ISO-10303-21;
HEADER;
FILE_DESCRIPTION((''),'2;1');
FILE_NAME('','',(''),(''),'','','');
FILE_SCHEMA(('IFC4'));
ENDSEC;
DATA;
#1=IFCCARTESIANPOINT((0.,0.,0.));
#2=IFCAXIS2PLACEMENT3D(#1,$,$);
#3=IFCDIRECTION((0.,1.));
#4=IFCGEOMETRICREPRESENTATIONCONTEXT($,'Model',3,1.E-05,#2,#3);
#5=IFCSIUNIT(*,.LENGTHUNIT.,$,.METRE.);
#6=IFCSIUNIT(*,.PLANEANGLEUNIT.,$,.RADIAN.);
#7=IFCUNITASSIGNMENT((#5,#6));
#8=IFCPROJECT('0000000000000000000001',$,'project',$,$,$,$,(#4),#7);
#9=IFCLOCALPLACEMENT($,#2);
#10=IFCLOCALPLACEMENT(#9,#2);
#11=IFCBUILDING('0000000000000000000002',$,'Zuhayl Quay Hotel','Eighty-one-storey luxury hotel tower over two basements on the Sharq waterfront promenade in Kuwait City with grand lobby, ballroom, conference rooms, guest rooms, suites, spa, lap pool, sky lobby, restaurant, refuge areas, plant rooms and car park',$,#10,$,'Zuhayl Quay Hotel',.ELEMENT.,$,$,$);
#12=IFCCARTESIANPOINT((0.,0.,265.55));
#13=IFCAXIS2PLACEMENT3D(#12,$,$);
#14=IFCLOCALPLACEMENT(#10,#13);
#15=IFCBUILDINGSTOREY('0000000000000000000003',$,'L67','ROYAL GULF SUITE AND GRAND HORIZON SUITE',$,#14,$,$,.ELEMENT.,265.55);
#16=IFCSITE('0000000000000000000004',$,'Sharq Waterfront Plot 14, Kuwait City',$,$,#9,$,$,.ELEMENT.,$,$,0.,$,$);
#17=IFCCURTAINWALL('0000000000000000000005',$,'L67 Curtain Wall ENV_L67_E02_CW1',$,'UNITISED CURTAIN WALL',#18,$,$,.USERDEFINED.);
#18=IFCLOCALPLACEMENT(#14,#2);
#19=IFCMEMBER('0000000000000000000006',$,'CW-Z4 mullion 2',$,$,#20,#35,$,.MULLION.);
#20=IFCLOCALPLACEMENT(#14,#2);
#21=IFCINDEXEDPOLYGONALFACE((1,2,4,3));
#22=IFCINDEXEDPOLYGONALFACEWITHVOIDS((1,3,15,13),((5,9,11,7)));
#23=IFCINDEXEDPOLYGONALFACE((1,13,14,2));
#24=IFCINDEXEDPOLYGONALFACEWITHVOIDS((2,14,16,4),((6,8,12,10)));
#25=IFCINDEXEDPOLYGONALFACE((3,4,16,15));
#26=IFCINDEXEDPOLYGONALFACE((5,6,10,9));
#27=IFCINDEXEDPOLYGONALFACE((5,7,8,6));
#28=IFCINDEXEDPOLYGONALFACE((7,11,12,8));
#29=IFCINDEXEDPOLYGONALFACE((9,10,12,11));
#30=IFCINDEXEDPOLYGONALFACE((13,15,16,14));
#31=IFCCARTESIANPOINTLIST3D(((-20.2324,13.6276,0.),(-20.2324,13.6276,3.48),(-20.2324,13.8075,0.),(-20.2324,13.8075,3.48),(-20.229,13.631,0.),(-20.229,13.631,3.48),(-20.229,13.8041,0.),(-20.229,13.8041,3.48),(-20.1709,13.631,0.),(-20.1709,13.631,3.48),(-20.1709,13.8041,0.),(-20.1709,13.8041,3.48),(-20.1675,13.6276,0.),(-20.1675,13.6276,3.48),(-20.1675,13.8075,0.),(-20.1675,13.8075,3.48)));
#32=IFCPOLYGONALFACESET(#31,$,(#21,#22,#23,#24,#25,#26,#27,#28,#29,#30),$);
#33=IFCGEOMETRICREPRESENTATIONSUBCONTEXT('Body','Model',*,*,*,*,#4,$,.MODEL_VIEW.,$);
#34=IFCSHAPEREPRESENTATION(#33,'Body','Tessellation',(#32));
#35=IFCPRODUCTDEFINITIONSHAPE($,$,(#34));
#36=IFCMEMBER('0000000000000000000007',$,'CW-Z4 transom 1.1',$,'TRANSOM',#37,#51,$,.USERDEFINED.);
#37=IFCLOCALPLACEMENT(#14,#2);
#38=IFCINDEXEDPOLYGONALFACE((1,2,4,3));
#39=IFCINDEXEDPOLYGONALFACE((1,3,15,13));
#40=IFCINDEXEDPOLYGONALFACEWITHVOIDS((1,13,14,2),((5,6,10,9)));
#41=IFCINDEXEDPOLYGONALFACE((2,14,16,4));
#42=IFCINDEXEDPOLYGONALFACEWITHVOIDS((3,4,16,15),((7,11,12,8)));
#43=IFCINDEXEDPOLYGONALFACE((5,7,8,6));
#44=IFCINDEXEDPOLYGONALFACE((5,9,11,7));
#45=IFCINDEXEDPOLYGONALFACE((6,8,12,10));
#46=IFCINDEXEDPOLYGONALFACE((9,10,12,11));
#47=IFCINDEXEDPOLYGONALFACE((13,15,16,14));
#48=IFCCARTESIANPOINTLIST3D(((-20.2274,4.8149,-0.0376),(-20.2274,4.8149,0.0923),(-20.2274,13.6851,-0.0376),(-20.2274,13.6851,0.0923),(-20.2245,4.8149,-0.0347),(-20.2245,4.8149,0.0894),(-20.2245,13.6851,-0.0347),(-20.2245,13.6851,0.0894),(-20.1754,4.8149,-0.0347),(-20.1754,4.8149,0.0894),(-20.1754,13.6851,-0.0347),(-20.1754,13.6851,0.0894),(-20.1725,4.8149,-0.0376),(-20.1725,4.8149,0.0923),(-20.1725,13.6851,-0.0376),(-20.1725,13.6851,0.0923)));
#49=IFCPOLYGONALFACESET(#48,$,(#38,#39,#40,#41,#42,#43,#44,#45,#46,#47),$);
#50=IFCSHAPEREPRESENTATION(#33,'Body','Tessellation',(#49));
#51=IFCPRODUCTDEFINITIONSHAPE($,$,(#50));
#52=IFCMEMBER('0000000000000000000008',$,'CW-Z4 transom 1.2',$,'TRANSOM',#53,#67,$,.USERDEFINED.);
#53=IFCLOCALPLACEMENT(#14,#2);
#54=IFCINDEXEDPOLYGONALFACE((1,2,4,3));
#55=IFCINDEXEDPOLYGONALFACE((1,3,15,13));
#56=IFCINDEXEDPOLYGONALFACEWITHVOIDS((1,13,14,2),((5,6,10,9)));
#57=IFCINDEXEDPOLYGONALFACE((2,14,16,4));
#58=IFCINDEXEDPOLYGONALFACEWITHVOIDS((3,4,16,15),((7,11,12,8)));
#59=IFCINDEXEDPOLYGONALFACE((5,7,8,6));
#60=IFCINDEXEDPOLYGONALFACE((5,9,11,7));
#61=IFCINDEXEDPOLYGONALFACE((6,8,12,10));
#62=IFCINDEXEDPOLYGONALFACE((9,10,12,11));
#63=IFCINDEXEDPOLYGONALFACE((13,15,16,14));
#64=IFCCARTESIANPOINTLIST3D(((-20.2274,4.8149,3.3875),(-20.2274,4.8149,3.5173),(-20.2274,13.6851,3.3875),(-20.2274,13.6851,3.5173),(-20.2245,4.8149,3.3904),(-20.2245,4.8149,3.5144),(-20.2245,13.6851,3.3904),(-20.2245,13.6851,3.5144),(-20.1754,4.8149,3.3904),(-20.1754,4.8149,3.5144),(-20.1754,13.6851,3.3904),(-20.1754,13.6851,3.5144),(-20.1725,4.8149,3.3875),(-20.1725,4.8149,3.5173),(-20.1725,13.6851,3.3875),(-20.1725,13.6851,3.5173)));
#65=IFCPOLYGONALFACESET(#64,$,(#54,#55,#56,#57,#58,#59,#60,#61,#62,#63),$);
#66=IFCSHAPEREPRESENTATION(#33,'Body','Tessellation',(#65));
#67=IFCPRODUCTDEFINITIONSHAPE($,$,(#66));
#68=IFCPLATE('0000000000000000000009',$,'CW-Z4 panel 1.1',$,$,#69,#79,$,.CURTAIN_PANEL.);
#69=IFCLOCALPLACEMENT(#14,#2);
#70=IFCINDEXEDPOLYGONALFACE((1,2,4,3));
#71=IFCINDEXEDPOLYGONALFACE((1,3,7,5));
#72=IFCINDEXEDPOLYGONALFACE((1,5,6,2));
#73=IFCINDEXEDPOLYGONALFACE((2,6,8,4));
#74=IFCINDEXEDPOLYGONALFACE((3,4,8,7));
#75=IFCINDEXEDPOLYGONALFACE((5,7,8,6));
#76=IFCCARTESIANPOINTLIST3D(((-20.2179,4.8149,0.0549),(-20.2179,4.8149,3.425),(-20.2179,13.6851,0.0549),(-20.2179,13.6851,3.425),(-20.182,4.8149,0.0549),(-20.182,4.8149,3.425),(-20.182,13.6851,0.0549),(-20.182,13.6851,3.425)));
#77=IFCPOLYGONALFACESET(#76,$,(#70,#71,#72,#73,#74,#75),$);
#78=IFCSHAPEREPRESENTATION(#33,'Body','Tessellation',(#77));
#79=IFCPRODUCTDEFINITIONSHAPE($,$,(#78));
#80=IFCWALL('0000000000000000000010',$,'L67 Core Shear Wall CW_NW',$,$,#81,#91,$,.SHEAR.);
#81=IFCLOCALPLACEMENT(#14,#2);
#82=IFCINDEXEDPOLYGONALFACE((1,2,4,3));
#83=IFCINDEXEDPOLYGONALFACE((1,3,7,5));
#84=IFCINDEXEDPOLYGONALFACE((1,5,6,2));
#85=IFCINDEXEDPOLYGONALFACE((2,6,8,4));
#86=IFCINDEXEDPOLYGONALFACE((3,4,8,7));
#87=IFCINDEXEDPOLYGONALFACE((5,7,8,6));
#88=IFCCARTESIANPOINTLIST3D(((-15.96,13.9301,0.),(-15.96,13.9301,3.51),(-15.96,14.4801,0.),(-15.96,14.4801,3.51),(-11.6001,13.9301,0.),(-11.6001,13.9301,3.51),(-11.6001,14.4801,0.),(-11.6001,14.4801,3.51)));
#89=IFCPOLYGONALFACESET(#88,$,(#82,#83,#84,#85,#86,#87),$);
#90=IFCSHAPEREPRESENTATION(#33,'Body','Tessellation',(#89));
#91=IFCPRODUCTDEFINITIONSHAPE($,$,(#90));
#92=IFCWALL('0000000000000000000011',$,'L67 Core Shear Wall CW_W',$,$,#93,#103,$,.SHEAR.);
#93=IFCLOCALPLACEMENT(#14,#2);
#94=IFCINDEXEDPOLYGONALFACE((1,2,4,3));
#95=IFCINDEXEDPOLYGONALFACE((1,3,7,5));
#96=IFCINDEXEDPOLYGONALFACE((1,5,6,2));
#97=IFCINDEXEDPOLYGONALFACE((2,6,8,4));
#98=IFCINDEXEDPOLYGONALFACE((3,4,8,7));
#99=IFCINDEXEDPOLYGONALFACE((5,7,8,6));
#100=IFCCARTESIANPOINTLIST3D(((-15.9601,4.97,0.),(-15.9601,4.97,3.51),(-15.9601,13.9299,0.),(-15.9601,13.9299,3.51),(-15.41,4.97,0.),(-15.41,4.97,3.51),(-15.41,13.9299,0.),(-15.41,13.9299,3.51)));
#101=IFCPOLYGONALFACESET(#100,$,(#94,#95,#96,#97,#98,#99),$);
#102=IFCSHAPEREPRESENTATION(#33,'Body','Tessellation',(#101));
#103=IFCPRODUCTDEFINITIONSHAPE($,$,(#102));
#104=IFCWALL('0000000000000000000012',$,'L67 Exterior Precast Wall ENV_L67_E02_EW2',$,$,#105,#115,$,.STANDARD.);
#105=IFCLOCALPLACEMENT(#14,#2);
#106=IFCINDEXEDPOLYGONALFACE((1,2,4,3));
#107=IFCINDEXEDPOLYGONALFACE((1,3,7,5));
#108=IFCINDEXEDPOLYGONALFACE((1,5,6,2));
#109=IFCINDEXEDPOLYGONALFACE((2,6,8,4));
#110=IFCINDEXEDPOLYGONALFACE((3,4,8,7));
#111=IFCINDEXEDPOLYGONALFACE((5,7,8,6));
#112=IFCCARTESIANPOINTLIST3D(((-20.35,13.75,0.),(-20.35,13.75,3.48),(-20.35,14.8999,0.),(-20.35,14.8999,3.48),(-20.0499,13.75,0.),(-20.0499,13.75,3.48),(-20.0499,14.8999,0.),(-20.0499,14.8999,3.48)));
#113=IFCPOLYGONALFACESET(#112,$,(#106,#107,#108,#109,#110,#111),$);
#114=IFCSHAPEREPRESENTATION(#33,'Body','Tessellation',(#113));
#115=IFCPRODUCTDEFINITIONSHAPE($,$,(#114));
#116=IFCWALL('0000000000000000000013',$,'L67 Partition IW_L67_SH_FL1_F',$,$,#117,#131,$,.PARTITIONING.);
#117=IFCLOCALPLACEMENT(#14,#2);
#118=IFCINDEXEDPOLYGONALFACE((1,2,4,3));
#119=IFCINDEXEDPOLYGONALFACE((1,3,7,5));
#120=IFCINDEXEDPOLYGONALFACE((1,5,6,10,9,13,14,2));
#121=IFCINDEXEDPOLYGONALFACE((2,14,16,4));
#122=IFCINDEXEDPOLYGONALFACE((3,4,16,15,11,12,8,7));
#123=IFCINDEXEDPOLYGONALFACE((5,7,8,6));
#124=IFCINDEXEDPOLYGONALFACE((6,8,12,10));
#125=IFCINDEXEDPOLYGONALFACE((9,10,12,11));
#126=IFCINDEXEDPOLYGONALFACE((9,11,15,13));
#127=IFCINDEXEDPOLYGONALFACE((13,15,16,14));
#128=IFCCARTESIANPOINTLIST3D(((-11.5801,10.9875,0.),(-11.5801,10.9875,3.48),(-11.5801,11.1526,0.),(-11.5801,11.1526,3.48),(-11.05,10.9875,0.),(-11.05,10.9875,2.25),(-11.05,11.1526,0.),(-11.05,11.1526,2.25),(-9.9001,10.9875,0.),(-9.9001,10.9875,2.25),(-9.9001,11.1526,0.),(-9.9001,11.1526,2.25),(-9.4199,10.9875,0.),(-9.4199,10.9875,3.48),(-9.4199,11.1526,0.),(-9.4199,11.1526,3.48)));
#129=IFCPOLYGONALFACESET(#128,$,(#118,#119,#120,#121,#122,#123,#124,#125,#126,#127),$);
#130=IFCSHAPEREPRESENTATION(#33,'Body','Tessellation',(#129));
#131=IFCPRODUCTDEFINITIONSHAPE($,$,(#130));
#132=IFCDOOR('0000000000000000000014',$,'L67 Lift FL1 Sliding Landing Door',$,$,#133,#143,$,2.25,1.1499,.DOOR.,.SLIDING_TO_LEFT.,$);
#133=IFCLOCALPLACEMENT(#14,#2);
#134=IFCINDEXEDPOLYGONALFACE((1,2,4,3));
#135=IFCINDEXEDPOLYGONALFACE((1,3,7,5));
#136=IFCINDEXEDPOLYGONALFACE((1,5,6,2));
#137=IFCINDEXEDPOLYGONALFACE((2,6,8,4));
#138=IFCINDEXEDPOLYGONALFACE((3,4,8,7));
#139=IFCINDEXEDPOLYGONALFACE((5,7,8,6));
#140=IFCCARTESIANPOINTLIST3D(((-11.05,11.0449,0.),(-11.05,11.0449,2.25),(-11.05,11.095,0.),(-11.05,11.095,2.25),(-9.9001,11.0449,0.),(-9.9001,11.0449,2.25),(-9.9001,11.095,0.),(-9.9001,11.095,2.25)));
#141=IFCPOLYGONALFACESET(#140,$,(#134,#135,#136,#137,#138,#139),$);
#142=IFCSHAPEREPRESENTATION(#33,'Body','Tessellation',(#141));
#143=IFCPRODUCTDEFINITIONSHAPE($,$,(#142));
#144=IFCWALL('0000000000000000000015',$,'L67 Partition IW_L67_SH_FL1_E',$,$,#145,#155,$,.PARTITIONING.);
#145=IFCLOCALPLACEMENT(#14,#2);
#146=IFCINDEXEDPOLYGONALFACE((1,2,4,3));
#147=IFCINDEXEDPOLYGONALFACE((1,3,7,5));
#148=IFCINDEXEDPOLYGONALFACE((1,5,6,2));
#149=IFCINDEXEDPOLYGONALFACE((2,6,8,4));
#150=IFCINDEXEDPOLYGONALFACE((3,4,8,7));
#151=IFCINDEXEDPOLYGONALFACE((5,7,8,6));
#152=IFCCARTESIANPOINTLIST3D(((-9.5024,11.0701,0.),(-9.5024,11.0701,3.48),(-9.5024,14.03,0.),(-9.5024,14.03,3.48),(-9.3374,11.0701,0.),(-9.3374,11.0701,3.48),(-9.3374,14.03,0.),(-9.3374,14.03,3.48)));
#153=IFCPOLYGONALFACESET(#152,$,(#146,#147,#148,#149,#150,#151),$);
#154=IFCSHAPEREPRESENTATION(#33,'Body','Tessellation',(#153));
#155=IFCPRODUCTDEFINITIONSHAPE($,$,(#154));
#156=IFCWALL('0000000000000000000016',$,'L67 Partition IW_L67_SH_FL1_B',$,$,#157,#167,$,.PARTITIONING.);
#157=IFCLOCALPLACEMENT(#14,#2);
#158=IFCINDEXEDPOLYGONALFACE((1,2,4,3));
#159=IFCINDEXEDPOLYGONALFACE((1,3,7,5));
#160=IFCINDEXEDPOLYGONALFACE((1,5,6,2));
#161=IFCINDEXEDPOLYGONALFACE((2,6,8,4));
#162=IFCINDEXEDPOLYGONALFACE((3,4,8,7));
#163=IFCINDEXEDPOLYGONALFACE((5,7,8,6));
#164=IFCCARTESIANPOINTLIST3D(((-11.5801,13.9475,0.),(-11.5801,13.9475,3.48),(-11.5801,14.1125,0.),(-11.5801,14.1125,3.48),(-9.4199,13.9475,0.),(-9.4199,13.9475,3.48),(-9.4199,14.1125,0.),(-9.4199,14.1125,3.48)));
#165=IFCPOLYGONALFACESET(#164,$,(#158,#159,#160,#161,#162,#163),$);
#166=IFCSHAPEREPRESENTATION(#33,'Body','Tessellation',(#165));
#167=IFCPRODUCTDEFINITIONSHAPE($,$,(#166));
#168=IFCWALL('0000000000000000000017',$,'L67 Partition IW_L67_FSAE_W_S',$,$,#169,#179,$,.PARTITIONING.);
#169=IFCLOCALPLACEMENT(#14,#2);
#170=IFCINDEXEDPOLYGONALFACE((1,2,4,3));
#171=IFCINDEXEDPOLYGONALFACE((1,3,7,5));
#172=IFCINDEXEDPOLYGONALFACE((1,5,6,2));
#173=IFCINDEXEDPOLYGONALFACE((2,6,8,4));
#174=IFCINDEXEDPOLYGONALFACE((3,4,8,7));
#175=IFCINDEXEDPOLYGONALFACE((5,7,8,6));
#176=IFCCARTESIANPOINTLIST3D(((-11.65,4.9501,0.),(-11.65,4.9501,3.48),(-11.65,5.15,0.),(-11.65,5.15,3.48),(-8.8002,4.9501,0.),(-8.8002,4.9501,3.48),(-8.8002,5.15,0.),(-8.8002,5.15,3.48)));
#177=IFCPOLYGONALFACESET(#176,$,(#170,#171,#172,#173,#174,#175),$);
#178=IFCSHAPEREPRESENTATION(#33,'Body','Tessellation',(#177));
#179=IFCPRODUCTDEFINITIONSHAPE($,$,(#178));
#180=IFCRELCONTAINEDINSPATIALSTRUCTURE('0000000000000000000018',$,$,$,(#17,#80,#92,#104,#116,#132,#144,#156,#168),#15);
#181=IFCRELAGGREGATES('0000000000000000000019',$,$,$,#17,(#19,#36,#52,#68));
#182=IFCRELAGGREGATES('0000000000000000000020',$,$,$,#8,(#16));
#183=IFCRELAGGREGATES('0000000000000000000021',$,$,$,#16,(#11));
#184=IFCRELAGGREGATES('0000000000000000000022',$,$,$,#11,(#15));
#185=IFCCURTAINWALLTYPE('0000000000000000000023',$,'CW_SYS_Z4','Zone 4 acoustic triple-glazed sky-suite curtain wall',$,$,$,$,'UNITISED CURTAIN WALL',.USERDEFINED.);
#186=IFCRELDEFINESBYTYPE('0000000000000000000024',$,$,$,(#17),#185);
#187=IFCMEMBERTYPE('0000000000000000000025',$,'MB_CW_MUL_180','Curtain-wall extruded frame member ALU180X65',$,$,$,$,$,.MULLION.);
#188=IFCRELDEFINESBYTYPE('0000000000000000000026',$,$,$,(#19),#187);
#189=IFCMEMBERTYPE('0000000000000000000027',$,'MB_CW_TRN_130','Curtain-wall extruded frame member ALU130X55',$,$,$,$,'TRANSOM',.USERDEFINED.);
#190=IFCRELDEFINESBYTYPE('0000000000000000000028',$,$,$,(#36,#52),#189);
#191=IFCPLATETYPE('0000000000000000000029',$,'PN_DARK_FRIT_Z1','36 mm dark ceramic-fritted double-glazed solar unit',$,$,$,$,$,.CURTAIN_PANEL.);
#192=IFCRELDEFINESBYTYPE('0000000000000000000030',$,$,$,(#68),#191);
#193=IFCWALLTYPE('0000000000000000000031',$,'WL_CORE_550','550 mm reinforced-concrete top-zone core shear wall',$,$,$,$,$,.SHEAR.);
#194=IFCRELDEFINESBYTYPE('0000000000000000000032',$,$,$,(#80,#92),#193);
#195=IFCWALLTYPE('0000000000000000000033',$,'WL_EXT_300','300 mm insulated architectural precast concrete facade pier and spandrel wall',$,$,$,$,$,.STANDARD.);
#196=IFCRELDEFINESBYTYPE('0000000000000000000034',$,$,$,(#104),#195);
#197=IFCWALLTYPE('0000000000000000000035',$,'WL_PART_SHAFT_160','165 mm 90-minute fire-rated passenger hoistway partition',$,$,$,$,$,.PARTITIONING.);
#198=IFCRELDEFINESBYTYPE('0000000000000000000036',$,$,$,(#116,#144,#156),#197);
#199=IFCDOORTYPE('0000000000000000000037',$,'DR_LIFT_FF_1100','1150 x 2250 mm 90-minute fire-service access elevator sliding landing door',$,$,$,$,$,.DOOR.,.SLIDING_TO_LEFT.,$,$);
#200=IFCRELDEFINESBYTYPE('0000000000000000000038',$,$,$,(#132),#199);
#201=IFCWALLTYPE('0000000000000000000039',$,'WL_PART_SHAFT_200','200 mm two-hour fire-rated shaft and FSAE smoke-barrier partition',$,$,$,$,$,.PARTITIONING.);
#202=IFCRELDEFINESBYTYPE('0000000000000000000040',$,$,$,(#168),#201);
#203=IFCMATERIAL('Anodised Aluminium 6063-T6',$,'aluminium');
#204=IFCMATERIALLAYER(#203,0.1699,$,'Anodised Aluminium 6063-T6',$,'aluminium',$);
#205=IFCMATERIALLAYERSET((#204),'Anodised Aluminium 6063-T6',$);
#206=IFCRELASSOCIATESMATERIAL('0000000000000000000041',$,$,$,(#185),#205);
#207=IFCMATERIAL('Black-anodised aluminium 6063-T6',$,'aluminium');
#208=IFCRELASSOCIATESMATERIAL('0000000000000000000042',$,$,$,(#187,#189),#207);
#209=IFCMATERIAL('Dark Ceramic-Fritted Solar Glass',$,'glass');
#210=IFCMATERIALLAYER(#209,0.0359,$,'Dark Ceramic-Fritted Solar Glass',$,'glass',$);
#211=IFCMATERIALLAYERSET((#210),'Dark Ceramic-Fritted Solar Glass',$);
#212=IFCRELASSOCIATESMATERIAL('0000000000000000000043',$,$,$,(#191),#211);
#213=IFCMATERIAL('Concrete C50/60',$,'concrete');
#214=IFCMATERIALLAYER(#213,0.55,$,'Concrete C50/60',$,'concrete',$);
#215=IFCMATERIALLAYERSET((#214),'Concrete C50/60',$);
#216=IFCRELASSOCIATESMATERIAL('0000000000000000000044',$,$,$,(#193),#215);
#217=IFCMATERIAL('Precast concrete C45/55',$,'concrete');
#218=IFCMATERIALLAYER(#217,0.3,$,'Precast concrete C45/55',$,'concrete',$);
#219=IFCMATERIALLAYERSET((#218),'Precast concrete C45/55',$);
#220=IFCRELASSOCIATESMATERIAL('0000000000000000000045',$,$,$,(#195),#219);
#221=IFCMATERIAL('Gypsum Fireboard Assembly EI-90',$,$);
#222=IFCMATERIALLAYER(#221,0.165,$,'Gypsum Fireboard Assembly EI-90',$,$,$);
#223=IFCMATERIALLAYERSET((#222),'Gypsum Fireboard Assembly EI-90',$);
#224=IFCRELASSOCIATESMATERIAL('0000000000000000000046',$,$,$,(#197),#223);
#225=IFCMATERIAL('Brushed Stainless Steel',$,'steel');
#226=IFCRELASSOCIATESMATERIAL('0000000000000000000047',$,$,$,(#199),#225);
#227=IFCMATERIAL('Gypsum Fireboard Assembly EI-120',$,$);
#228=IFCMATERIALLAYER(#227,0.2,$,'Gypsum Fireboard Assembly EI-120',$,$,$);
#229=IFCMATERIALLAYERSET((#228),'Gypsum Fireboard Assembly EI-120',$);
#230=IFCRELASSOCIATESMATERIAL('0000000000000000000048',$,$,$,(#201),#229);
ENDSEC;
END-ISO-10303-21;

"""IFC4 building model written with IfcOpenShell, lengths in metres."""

from ifc_helpers import new_model, si_unit, direction, frame, frame_2d, origin, origin_2d, place, context, subcontext, project, spatial, rectangle, hollow_rectangle, extrude, material, layer, layer_set, material_profile, profile_set, type_object, element, fill, aggregate, save


model = new_model("IFC4")

# Units and contexts
model_context = context("Model", 3, precision=1e-05, world=origin(), true_north=direction((0.0, 1.0)))
body_context = subcontext(model_context, "Body", "Model", "MODEL_VIEW")
ifc_project = project(units=[si_unit("LENGTHUNIT", "METRE"), si_unit("PLANEANGLEUNIT", "RADIAN")], contexts=[model_context])

# Site, building, storey
site_placement = place(None, origin())
site = spatial("IfcSite", under=ifc_project, at=site_placement, Name="Sharq Waterfront Plot 14, Kuwait City", CompositionType="ELEMENT", RefElevation=0.0)
building_placement = place(site_placement, origin())
building = spatial("IfcBuilding", under=site, at=building_placement, Name="Zuhayl Quay Hotel", Description="Eighty-one-storey luxury hotel tower over two basements on the Sharq waterfront promenade in Kuwait City with grand lobby, ballroom, conference rooms, guest rooms, suites, spa, lap pool, sky lobby, restaurant, refuge areas, plant rooms and car park", LongName="Zuhayl Quay Hotel", CompositionType="ELEMENT")
storey_placement = place(building_placement, frame((0.0, 0.0, 265.55)))
storey = spatial("IfcBuildingStorey", under=building, at=storey_placement, Name="L67", Description="ROYAL GULF SUITE AND GRAND HORIZON SUITE", CompositionType="ELEMENT", Elevation=265.55)

# Curtain wall, members, plate
ifc_material_1 = material(Name="Anodised Aluminium 6063-T6", Category="aluminium")
ifc_layer_1 = layer(ifc_material_1, 0.1699, Name="Anodised Aluminium 6063-T6", Category="aluminium")
ifc_layer_set_1 = layer_set([ifc_layer_1], Name="Anodised Aluminium 6063-T6")
curtain_wall_type = type_object("IfcCurtainWallType", Name="CW_SYS_Z4", Description="Zone 4 acoustic triple-glazed sky-suite curtain wall", ElementType="UNITISED CURTAIN WALL", PredefinedType="USERDEFINED", material=ifc_layer_set_1)
curtain_wall_placement = place(storey_placement, origin())
curtain_wall = element("IfcCurtainWall", 1, at=curtain_wall_placement, inside=storey, type_object=curtain_wall_type, Name="L67 Curtain Wall ENV_L67_E02_CW1", ObjectType="UNITISED CURTAIN WALL", PredefinedType="USERDEFINED")
ifc_material_2 = material(Name="Black-anodised aluminium 6063-T6", Category="aluminium")
ifc_material_profile_1 = material_profile(ifc_material_2, hollow_rectangle(XDim=0.0649, YDim=0.1799, WallThickness=0.0034, at=origin_2d()), Name="ALU180X65")
ifc_profile_set_1 = profile_set([ifc_material_profile_1], Name="Black-anodised aluminium 6063-T6")
member_type_1 = type_object("IfcMemberType", Name="MB_CW_MUL_180", Description="Curtain-wall extruded frame member ALU180X65", PredefinedType="MULLION", material=ifc_profile_set_1)
member_1_placement = place(storey_placement, frame((-20.2, 13.7175, 0.0), z_axis=(0.0, 0.0, 1.0), x_axis=(-1.0, 0.0, 0.0)))
member_1 = element("IfcMember", 2, at=member_1_placement, type_object=member_type_1, Name="CW-Z4 mullion 2", PredefinedType="MULLION", context=body_context, shape_type="SweptSolid", body=[
    extrude(hollow_rectangle(XDim=0.0649, YDim=0.1799, WallThickness=0.0034, at=origin_2d()), origin(), (0.0, 0.0, 1.0), 3.48),
])
ifc_material_profile_2 = material_profile(ifc_material_2, hollow_rectangle(XDim=0.0549, YDim=0.1299, WallThickness=0.0029, at=origin_2d()), Name="ALU130X55")
ifc_profile_set_2 = profile_set([ifc_material_profile_2], Name="Black-anodised aluminium 6063-T6")
member_type_2 = type_object("IfcMemberType", Name="MB_CW_TRN_130", Description="Curtain-wall extruded frame member ALU130X55", ElementType="TRANSOM", PredefinedType="USERDEFINED", material=ifc_profile_set_2)
member_2_placement = place(storey_placement, frame((-20.2, 4.8149, 0.0273), z_axis=(0.0, 1.0, 0.0), x_axis=(-1.0, 0.0, 0.0)))
member_2 = element("IfcMember", 3, at=member_2_placement, type_object=member_type_2, Name="CW-Z4 transom 1.1", ObjectType="TRANSOM", PredefinedType="USERDEFINED", context=body_context, shape_type="SweptSolid", body=[
    extrude(hollow_rectangle(XDim=0.0549, YDim=0.1299, WallThickness=0.0029, at=origin_2d()), origin(), (0.0, 0.0, 1.0), 8.8701),
])
member_3_placement = place(storey_placement, frame((-20.2, 4.8149, 3.4524), z_axis=(0.0, 1.0, 0.0), x_axis=(-1.0, 0.0, 0.0)))
member_3 = element("IfcMember", 4, at=member_3_placement, type_object=member_type_2, Name="CW-Z4 transom 1.2", ObjectType="TRANSOM", PredefinedType="USERDEFINED", context=body_context, shape_type="SweptSolid", body=[
    extrude(hollow_rectangle(XDim=0.0549, YDim=0.1299, WallThickness=0.0029, at=origin_2d()), origin(), (0.0, 0.0, 1.0), 8.8701),
])
ifc_material_3 = material(Name="Dark Ceramic-Fritted Solar Glass", Category="glass")
ifc_layer_2 = layer(ifc_material_3, 0.0359, Name="Dark Ceramic-Fritted Solar Glass", Category="glass")
ifc_layer_set_2 = layer_set([ifc_layer_2], Name="Dark Ceramic-Fritted Solar Glass")
plate_type = type_object("IfcPlateType", Name="PN_DARK_FRIT_Z1", Description="36 mm dark ceramic-fritted double-glazed solar unit", PredefinedType="CURTAIN_PANEL", material=ifc_layer_set_2)
plate_placement = place(storey_placement, frame((-20.2, 9.25, 0.0549), z_axis=(0.0, 0.0, 1.0), x_axis=(0.0, 1.0, 0.0)))
plate = element("IfcPlate", 5, at=plate_placement, type_object=plate_type, Name="CW-Z4 panel 1.1", PredefinedType="CURTAIN_PANEL", context=body_context, shape_type="SweptSolid", body=[
    extrude(rectangle(XDim=8.8701, YDim=0.0359, at=origin_2d()), origin(), (0.0, 0.0, 1.0), 3.3701),
])
aggregate(curtain_wall, [member_1, member_2, member_3, plate])

# Walls
ifc_material_4 = material(Name="Concrete C50/60", Category="concrete")
ifc_layer_3 = layer(ifc_material_4, 0.55, Name="Concrete C50/60", Category="concrete")
ifc_layer_set_3 = layer_set([ifc_layer_3], Name="Concrete C50/60")
wall_type_1 = type_object("IfcWallType", Name="WL_CORE_550", Description="550 mm reinforced-concrete top-zone core shear wall", PredefinedType="SHEAR", material=ifc_layer_set_3)
wall_1_placement = place(storey_placement, frame((-15.96, 14.2051, 0.0), z_axis=(0.0, 0.0, 1.0), x_axis=(1.0, 0.0, 0.0)))
element("IfcWall", 6, at=wall_1_placement, inside=storey, type_object=wall_type_1, Name="L67 Core Shear Wall CW_NW", PredefinedType="SHEAR", context=body_context, shape_type="SweptSolid", body=[
    extrude(rectangle(XDim=4.3599, YDim=0.55, at=frame_2d((2.1799, 0.0))), origin(), (0.0, 0.0, 1.0), 3.51),
])
wall_2_placement = place(storey_placement, frame((-15.6851, 4.97, 0.0), z_axis=(0.0, 0.0, 1.0), x_axis=(0.0, 1.0, 0.0)))
element("IfcWall", 7, at=wall_2_placement, inside=storey, type_object=wall_type_1, Name="L67 Core Shear Wall CW_W", PredefinedType="SHEAR", context=body_context, shape_type="SweptSolid", body=[
    extrude(rectangle(XDim=8.96, YDim=0.55, at=frame_2d((4.48, 0.0))), origin(), (0.0, 0.0, 1.0), 3.51),
])
ifc_material_5 = material(Name="Precast concrete C45/55", Category="concrete")
ifc_layer_4 = layer(ifc_material_5, 0.3, Name="Precast concrete C45/55", Category="concrete")
ifc_layer_set_4 = layer_set([ifc_layer_4], Name="Precast concrete C45/55")
wall_type_2 = type_object("IfcWallType", Name="WL_EXT_300", Description="300 mm insulated architectural precast concrete facade pier and spandrel wall", PredefinedType="STANDARD", material=ifc_layer_set_4)
wall_3_placement = place(storey_placement, frame((-20.2, 13.75, 0.0), z_axis=(0.0, 0.0, 1.0), x_axis=(0.0, 1.0, 0.0)))
element("IfcWall", 8, at=wall_3_placement, inside=storey, type_object=wall_type_2, Name="L67 Exterior Precast Wall ENV_L67_E02_EW2", PredefinedType="STANDARD", context=body_context, shape_type="SweptSolid", body=[
    extrude(rectangle(XDim=1.1499, YDim=0.3, at=frame_2d((0.575, 0.0))), origin(), (0.0, 0.0, 1.0), 3.48),
])

# Wall, opening, door
ifc_material_6 = material(Name="Gypsum Fireboard Assembly EI-90")
ifc_layer_5 = layer(ifc_material_6, 0.165, Name="Gypsum Fireboard Assembly EI-90")
ifc_layer_set_5 = layer_set([ifc_layer_5], Name="Gypsum Fireboard Assembly EI-90")
wall_type_3 = type_object("IfcWallType", Name="WL_PART_SHAFT_160", Description="165 mm 90-minute fire-rated passenger hoistway partition", PredefinedType="PARTITIONING", material=ifc_layer_set_5)
wall_4_placement = place(storey_placement, frame((-11.5801, 11.0701, 0.0), z_axis=(0.0, 0.0, 1.0), x_axis=(1.0, 0.0, 0.0)))
wall_4 = element("IfcWall", 9, at=wall_4_placement, inside=storey, type_object=wall_type_3, Name="L67 Partition IW_L67_SH_FL1_F", PredefinedType="PARTITIONING", context=body_context, shape_type="SweptSolid", body=[
    extrude(rectangle(XDim=2.1602, YDim=0.165, at=frame_2d((1.0801, 0.0))), origin(), (0.0, 0.0, 1.0), 3.48),
])
opening_1_placement = place(wall_4_placement, frame((0.53, 0.0, 0.0)))
opening_1 = element("IfcOpeningElement", 10, at=opening_1_placement, cuts=wall_4, PredefinedType="OPENING", context=body_context, shape_type="SweptSolid", body=[
    extrude(rectangle(XDim=1.1499, YDim=2.25, at=frame_2d((0.575, 1.125))), frame((0.0, 0.0925, 0.0), z_axis=(0.0, -1.0, 0.0), x_axis=(1.0, 0.0, 0.0)), (0.0, 0.0, 1.0), 0.1851),
])
ifc_material_7 = material(Name="Brushed Stainless Steel", Category="steel")
door_type_1 = type_object("IfcDoorType", Name="DR_LIFT_FF_1100", Description="1150 x 2250 mm 90-minute fire-service access elevator sliding landing door", OperationType="SLIDING_TO_LEFT", PredefinedType="DOOR", material=ifc_material_7)
door_1_placement = place(opening_1_placement, origin())
door_1 = element("IfcDoor", 11, at=door_1_placement, inside=storey, type_object=door_type_1, Name="L67 Lift FL1 Sliding Landing Door", OperationType="SLIDING_TO_LEFT", OverallHeight=2.25, OverallWidth=1.1499, PredefinedType="DOOR", context=body_context, shape_type="SweptSolid", body=[
    extrude(rectangle(XDim=1.1499, YDim=2.25, at=frame_2d((0.575, 1.125))), frame((0.0, 0.0249, 0.0), z_axis=(0.0, -1.0, 0.0), x_axis=(1.0, 0.0, 0.0)), (0.0, 0.0, 1.0), 0.05),
])
fill(opening_1, door_1)

# Walls
wall_5_placement = place(storey_placement, frame((-9.4199, 11.0701, 0.0), z_axis=(0.0, 0.0, 1.0), x_axis=(0.0, 1.0, 0.0)))
element("IfcWall", 12, at=wall_5_placement, inside=storey, type_object=wall_type_3, Name="L67 Partition IW_L67_SH_FL1_E", PredefinedType="PARTITIONING", context=body_context, shape_type="SweptSolid", body=[
    extrude(rectangle(XDim=2.96, YDim=0.165, at=frame_2d((1.48, 0.0))), origin(), (0.0, 0.0, 1.0), 3.48),
])
wall_6_placement = place(storey_placement, frame((-11.5801, 14.03, 0.0), z_axis=(0.0, 0.0, 1.0), x_axis=(1.0, 0.0, 0.0)))
element("IfcWall", 13, at=wall_6_placement, inside=storey, type_object=wall_type_3, Name="L67 Partition IW_L67_SH_FL1_B", PredefinedType="PARTITIONING", context=body_context, shape_type="SweptSolid", body=[
    extrude(rectangle(XDim=2.1602, YDim=0.165, at=frame_2d((1.0801, 0.0))), origin(), (0.0, 0.0, 1.0), 3.48),
])
ifc_material_8 = material(Name="Gypsum Fireboard Assembly EI-120")
ifc_layer_6 = layer(ifc_material_8, 0.2, Name="Gypsum Fireboard Assembly EI-120")
ifc_layer_set_6 = layer_set([ifc_layer_6], Name="Gypsum Fireboard Assembly EI-120")
wall_type_4 = type_object("IfcWallType", Name="WL_PART_SHAFT_200", Description="200 mm two-hour fire-rated shaft and FSAE smoke-barrier partition", PredefinedType="PARTITIONING", material=ifc_layer_set_6)
wall_7_placement = place(storey_placement, frame((-11.6499, 5.05, 0.0), z_axis=(0.0, 0.0, 1.0), x_axis=(1.0, 0.0, 0.0)))
element("IfcWall", 14, at=wall_7_placement, inside=storey, type_object=wall_type_4, Name="L67 Partition IW_L67_FSAE_W_S", PredefinedType="PARTITIONING", context=body_context, shape_type="SweptSolid", body=[
    extrude(rectangle(XDim=2.8499, YDim=0.2, at=frame_2d((1.4248, 0.0))), origin(), (0.0, 0.0, 1.0), 3.48),
])

save(model, "model.ifc")
